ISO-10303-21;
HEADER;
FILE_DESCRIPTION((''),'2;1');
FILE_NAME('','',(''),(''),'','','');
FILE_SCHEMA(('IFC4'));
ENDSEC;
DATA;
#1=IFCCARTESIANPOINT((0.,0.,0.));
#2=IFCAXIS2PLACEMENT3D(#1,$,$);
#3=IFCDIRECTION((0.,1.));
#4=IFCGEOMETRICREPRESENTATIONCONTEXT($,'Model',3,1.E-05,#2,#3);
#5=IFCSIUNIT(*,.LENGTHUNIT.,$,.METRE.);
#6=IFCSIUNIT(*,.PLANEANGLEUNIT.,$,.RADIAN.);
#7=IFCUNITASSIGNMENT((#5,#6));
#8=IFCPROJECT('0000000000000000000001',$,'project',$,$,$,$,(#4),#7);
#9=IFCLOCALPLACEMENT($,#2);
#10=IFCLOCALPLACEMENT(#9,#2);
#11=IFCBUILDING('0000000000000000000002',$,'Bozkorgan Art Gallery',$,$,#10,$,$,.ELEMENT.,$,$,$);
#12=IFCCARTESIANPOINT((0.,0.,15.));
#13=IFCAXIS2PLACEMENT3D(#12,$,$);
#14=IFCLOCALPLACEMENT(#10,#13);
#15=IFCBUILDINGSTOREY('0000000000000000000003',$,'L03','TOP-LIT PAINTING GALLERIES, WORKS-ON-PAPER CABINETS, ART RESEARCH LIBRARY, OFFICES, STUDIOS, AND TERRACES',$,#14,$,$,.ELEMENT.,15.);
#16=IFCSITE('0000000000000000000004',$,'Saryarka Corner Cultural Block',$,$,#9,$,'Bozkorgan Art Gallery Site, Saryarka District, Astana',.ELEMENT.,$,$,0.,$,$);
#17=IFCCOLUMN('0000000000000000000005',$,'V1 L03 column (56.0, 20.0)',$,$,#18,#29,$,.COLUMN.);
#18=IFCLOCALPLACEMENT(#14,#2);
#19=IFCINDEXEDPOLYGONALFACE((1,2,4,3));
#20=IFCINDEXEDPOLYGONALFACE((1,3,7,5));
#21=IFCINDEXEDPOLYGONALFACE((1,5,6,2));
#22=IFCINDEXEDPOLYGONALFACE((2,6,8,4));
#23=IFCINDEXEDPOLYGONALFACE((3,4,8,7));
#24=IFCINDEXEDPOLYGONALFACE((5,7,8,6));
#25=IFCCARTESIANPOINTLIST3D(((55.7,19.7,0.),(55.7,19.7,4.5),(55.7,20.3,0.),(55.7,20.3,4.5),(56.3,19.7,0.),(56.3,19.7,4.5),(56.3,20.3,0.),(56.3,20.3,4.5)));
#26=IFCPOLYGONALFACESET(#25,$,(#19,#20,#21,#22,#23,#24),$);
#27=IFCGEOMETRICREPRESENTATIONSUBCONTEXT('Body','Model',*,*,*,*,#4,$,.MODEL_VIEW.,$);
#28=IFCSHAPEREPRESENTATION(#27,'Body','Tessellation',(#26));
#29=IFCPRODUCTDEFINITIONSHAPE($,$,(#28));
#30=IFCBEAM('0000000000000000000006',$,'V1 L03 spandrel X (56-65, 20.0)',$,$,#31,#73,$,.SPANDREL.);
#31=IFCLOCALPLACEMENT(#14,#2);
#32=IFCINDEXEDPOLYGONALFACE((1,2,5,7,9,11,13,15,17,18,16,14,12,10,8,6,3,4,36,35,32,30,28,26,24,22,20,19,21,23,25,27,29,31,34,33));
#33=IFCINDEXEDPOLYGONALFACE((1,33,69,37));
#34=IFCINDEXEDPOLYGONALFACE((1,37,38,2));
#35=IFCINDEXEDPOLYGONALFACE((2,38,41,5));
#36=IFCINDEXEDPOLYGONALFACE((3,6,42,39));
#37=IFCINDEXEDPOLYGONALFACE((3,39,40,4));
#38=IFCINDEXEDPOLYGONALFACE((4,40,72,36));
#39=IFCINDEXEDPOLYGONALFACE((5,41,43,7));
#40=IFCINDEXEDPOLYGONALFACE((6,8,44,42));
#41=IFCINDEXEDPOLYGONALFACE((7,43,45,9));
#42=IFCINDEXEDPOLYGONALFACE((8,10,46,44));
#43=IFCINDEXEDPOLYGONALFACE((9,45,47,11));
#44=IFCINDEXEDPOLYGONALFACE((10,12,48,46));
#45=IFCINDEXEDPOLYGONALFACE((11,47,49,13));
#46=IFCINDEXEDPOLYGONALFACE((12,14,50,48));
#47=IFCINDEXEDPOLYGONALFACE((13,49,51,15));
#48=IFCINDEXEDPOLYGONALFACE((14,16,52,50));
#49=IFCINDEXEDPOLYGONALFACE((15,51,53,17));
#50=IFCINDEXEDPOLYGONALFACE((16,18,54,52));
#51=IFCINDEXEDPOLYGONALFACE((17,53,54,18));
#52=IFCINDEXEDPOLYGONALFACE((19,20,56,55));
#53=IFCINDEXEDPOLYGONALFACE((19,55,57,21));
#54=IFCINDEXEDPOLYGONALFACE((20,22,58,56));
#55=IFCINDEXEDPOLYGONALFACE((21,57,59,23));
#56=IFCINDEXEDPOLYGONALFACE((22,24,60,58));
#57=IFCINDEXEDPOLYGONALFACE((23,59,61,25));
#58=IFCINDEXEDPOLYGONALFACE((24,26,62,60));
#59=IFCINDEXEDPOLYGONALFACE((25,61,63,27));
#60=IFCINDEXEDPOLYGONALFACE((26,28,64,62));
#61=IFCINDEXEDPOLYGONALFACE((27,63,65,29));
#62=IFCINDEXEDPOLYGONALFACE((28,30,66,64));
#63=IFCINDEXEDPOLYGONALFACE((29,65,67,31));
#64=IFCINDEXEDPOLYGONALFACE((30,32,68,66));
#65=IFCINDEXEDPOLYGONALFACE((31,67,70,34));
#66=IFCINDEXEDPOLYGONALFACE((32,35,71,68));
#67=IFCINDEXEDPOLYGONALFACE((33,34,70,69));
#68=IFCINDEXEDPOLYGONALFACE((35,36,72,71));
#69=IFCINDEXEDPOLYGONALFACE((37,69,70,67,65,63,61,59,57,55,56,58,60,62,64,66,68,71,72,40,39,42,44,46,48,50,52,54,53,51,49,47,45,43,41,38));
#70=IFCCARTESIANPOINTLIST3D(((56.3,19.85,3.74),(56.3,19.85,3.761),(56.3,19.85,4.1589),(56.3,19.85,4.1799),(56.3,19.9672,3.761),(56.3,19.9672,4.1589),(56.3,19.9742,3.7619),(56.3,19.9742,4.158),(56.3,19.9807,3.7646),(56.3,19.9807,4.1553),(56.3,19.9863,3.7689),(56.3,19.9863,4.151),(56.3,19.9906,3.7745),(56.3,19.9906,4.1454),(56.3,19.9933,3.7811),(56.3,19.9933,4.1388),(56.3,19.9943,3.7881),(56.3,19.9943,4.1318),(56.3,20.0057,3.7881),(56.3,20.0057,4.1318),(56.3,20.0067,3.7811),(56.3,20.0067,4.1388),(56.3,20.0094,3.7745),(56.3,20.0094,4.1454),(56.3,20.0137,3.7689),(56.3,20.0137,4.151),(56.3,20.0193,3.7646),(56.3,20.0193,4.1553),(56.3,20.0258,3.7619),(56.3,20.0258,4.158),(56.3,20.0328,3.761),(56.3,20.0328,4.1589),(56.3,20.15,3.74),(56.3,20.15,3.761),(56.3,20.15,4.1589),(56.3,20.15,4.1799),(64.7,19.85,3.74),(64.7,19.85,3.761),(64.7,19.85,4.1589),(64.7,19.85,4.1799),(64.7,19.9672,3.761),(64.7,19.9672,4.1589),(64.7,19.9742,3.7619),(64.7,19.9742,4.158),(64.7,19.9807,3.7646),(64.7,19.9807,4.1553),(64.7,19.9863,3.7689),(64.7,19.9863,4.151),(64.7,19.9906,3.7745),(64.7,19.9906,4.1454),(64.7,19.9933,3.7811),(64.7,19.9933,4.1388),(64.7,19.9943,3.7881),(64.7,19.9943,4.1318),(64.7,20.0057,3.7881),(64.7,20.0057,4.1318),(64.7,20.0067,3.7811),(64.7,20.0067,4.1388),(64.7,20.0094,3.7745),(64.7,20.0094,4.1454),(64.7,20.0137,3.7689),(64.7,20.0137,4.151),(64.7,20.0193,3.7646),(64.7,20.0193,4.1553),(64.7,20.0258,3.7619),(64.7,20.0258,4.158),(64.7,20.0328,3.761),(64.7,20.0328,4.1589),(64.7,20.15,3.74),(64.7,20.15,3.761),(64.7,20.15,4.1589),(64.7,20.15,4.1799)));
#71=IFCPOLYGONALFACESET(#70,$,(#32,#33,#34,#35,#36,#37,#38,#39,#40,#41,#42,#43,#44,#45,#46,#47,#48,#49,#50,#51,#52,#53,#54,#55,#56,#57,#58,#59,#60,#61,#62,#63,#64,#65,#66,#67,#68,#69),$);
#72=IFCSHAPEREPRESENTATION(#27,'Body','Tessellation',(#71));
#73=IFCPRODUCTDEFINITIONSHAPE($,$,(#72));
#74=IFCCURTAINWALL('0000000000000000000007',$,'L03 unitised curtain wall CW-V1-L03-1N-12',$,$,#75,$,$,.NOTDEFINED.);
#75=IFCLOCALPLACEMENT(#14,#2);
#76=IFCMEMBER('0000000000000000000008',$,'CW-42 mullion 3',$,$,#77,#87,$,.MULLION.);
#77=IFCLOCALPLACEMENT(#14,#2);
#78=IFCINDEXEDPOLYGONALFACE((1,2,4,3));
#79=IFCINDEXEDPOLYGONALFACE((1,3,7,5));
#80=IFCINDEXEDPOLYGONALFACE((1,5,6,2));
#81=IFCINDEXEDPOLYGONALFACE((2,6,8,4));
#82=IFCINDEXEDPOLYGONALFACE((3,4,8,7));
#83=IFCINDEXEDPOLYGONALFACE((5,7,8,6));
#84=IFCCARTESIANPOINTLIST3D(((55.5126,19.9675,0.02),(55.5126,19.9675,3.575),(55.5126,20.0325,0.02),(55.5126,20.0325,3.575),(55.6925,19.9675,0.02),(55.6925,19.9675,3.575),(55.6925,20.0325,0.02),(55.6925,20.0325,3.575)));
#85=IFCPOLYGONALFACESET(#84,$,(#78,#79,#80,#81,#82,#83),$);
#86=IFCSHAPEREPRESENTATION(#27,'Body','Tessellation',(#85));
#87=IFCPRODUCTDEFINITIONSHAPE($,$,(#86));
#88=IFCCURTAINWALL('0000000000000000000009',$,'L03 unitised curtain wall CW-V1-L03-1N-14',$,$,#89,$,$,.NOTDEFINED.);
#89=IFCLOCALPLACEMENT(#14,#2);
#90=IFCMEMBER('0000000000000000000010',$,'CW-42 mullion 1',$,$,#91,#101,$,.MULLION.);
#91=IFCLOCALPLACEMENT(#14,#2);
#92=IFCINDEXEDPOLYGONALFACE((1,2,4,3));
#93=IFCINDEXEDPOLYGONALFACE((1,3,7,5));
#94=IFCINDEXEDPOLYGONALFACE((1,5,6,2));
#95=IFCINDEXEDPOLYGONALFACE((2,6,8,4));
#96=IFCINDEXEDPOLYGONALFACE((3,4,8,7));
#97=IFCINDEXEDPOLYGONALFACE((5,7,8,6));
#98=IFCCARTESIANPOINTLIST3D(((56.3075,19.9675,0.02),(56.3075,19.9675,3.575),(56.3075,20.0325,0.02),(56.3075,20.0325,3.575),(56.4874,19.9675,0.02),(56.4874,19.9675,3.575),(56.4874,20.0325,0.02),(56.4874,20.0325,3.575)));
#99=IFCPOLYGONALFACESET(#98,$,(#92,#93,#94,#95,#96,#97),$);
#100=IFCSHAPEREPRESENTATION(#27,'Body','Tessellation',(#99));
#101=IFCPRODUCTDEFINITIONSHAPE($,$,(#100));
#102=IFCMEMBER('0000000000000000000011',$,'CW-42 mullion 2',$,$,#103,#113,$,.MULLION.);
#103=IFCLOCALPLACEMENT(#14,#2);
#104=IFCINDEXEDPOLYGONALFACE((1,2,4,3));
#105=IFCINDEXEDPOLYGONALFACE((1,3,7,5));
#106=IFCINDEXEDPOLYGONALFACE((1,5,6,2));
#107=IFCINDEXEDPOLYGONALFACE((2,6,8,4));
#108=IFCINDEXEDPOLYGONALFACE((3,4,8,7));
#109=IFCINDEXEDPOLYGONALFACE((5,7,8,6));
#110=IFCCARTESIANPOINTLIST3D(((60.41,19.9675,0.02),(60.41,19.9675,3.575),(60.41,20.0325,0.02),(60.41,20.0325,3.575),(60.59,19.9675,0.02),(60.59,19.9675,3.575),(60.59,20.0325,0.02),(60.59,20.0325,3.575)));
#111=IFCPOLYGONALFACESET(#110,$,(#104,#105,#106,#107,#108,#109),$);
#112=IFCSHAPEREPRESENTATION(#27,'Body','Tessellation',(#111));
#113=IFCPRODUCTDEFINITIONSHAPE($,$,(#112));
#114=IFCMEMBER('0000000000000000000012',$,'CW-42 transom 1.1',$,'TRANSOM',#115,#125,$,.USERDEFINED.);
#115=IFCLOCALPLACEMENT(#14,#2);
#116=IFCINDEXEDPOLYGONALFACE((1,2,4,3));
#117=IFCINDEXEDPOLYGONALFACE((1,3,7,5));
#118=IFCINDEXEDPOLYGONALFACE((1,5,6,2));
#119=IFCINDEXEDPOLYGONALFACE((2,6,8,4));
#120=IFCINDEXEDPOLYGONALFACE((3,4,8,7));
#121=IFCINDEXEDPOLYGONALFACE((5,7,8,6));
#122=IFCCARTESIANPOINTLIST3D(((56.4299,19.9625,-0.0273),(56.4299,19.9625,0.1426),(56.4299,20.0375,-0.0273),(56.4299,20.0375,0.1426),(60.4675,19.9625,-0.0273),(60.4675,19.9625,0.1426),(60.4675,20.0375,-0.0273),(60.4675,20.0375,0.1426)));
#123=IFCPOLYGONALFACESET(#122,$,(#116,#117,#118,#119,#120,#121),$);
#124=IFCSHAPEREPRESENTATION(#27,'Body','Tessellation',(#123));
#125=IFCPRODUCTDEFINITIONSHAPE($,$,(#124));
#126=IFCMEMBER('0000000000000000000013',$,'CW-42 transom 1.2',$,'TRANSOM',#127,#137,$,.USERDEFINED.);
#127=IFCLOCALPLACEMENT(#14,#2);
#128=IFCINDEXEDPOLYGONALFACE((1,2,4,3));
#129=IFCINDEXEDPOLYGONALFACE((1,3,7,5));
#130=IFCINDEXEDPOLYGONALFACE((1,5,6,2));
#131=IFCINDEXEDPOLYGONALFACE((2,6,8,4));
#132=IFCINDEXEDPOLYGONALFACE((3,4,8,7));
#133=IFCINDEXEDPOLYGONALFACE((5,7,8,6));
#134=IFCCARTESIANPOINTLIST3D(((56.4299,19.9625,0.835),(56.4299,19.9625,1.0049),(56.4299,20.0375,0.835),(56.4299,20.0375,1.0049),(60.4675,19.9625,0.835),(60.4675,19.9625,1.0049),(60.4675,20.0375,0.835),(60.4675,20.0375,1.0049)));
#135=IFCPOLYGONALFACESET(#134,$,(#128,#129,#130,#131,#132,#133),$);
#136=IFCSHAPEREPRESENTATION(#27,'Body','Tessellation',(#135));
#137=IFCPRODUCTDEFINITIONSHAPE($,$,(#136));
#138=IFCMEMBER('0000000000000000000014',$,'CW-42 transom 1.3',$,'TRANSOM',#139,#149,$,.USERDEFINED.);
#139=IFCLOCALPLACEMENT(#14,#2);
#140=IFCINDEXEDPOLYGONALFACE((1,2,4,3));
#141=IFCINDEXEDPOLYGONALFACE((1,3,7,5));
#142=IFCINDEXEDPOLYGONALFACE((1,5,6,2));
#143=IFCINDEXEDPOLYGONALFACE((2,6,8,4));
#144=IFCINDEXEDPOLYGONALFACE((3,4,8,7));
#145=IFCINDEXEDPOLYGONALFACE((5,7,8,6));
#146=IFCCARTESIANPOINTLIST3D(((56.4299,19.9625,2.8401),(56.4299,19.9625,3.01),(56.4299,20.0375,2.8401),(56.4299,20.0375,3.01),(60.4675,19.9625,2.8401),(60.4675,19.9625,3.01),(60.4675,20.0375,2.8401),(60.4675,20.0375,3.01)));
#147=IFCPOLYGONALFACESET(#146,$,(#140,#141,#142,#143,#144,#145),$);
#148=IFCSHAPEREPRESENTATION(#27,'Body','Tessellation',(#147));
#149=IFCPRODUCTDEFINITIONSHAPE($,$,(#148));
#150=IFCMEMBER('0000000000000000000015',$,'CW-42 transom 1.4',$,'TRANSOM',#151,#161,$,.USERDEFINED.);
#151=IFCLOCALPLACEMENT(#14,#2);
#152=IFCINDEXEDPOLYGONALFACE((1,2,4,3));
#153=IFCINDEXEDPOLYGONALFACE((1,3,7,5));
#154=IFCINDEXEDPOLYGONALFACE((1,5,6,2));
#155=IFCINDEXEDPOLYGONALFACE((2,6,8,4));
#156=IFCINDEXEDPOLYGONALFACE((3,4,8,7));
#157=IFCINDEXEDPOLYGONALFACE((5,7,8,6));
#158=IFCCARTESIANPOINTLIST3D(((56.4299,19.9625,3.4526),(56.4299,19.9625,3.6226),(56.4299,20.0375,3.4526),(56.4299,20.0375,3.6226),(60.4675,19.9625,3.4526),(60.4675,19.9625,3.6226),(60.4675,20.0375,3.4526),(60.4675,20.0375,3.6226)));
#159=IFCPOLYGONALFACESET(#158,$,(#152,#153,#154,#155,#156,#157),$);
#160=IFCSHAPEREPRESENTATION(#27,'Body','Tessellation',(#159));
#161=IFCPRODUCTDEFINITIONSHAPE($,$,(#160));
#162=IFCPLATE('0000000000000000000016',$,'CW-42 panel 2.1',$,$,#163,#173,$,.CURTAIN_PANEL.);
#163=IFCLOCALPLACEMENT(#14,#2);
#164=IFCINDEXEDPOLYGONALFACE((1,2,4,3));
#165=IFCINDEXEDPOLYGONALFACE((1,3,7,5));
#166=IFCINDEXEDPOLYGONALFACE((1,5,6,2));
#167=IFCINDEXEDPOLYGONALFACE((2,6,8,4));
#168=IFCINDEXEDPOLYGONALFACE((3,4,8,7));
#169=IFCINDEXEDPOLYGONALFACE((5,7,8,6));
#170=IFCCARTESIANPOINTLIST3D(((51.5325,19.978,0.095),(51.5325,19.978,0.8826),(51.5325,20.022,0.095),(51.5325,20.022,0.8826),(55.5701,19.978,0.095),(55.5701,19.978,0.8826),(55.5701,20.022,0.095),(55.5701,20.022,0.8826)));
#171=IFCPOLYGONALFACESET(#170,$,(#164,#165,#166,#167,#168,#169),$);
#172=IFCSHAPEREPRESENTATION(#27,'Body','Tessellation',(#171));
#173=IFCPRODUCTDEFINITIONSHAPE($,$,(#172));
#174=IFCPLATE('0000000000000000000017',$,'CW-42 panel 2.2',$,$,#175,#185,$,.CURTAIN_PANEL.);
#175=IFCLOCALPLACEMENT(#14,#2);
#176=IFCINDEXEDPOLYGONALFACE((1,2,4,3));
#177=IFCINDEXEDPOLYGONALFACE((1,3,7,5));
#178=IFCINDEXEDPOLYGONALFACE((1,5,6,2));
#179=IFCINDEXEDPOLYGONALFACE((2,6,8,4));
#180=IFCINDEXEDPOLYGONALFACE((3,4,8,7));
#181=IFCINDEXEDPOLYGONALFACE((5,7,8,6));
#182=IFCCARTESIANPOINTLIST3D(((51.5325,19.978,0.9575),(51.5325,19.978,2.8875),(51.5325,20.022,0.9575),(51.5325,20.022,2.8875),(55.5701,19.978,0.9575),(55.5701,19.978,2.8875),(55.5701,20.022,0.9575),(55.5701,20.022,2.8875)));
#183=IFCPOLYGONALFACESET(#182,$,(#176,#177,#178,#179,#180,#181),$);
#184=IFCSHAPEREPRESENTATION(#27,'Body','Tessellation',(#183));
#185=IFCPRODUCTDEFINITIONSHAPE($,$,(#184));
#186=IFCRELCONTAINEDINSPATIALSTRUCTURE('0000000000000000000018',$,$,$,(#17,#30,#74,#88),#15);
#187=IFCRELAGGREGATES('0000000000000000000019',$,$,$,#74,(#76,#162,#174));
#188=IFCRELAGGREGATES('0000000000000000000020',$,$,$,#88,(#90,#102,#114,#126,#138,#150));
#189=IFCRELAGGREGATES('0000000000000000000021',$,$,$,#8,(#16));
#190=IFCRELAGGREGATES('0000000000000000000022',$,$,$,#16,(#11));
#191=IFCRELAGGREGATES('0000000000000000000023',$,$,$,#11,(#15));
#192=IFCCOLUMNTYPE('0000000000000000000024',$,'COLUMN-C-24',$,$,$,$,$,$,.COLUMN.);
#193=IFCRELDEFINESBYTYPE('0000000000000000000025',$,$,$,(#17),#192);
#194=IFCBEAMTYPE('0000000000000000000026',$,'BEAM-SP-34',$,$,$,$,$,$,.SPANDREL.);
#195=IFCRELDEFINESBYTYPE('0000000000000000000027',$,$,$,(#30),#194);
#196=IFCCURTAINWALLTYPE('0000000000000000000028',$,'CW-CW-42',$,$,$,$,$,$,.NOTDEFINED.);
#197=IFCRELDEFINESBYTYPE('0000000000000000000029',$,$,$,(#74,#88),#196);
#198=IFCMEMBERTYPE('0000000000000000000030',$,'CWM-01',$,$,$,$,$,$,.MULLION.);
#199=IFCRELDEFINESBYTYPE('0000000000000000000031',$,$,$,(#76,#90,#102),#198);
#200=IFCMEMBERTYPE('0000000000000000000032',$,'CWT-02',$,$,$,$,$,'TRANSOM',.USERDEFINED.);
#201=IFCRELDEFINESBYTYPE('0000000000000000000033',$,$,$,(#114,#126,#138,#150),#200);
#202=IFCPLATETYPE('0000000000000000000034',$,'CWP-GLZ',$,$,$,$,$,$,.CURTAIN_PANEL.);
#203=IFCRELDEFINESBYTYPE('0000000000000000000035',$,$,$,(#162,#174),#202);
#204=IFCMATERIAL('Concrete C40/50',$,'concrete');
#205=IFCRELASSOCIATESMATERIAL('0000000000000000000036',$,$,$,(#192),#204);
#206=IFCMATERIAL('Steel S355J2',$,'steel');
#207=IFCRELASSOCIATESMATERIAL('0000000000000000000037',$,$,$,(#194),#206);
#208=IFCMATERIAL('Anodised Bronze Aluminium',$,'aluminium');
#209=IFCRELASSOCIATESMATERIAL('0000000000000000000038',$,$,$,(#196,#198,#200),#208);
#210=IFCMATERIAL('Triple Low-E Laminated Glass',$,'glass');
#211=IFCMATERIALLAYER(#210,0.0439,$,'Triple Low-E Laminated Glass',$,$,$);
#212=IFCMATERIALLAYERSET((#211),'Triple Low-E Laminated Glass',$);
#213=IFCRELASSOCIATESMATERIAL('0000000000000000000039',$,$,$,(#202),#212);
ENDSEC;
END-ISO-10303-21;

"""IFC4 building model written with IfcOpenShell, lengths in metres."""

from ifc_helpers import new_model, si_unit, direction, frame, origin, origin_2d, place, context, subcontext, project, spatial, rectangle, i_section, extrude, material, layer, layer_set, material_profile, profile_set, type_object, element, aggregate, save


model = new_model("IFC4")

# Units and contexts
model_context = context("Model", 3, precision=1e-05, world=origin(), true_north=direction((0.0, 1.0)))
body_context = subcontext(model_context, "Body", "Model", "MODEL_VIEW")
ifc_project = project(units=[si_unit("LENGTHUNIT", "METRE"), si_unit("PLANEANGLEUNIT", "RADIAN")], contexts=[model_context])

# Site, building, storey
site_placement = place(None, origin())
site = spatial("IfcSite", under=ifc_project, at=site_placement, Name="Saryarka Corner Cultural Block", LongName="Bozkorgan Art Gallery Site, Saryarka District, Astana", CompositionType="ELEMENT", RefElevation=0.0)
building_placement = place(site_placement, origin())
building = spatial("IfcBuilding", under=site, at=building_placement, Name="Bozkorgan Art Gallery", CompositionType="ELEMENT")
storey_placement = place(building_placement, frame((0.0, 0.0, 15.0)))
storey = spatial("IfcBuildingStorey", under=building, at=storey_placement, Name="L03", Description="TOP-LIT PAINTING GALLERIES, WORKS-ON-PAPER CABINETS, ART RESEARCH LIBRARY, OFFICES, STUDIOS, AND TERRACES", CompositionType="ELEMENT", Elevation=15.0)

# Column
ifc_material_1 = material(Name="Concrete C40/50", Category="concrete")
ifc_material_profile_1 = material_profile(ifc_material_1, rectangle(XDim=0.6001, YDim=0.6001, at=origin_2d()), Name="RC 600x600")
ifc_profile_set_1 = profile_set([ifc_material_profile_1], Name="Concrete C40/50")
column_type = type_object("IfcColumnType", Name="COLUMN-C-24", PredefinedType="COLUMN", material=ifc_profile_set_1)
column_placement = place(storey_placement, frame((56.0, 20.0, 0.0), z_axis=(0.0, 0.0, 1.0), x_axis=(1.0, 0.0, 0.0)))
element("IfcColumn", 1, at=column_placement, inside=storey, type_object=column_type, Name="V1 L03 column (56.0, 20.0)", PredefinedType="COLUMN", context=body_context, shape_type="SweptSolid", body=[
    extrude(rectangle(XDim=0.6001, YDim=0.6001, at=origin_2d()), origin(), (0.0, 0.0, 1.0), 4.5),
])

# Beam
ifc_material_2 = material(Name="Steel S355J2", Category="steel")
ifc_material_profile_2 = material_profile(ifc_material_2, i_section(OverallWidth=0.3, OverallDepth=0.4399, WebThickness=0.0115, FlangeThickness=0.021, FilletRadius=0.0271, at=origin_2d()), Name="HEA 450")
ifc_profile_set_2 = profile_set([ifc_material_profile_2], Name="Steel S355J2")
beam_type = type_object("IfcBeamType", Name="BEAM-SP-34", PredefinedType="SPANDREL", material=ifc_profile_set_2)
beam_placement = place(storey_placement, frame((56.3, 20.0, 3.96), z_axis=(1.0, 0.0, 0.0), x_axis=(0.0, 1.0, 0.0)))
element("IfcBeam", 2, at=beam_placement, inside=storey, type_object=beam_type, Name="V1 L03 spandrel X (56-65, 20.0)", PredefinedType="SPANDREL", context=body_context, shape_type="SweptSolid", body=[
    extrude(i_section(OverallWidth=0.3, OverallDepth=0.4399, WebThickness=0.0115, FlangeThickness=0.021, FilletRadius=0.0271, at=origin_2d()), origin(), (0.0, 0.0, 1.0), 8.3999),
])

# Curtain wall, member
ifc_material_3 = material(Name="Anodised Bronze Aluminium", Category="aluminium")
curtain_wall_type = type_object("IfcCurtainWallType", Name="CW-CW-42", PredefinedType="NOTDEFINED", material=ifc_material_3)
curtain_wall_1_placement = place(storey_placement, origin())
curtain_wall_1 = element("IfcCurtainWall", 3, at=curtain_wall_1_placement, inside=storey, type_object=curtain_wall_type, Name="L03 unitised curtain wall CW-V1-L03-1N-12", PredefinedType="NOTDEFINED")
ifc_material_profile_3 = material_profile(ifc_material_3, rectangle(XDim=0.0649, YDim=0.1799, at=origin_2d()), Name="ALU MULLION 65x180")
ifc_profile_set_3 = profile_set([ifc_material_profile_3], Name="Anodised Bronze Aluminium")
member_type_1 = type_object("IfcMemberType", Name="CWM-01", PredefinedType="MULLION", material=ifc_profile_set_3)
member_1_placement = place(storey_placement, frame((55.6025, 20.0, 0.02), z_axis=(0.0, 0.0, 1.0), x_axis=(0.0, 1.0, 0.0)))
member_1 = element("IfcMember", 4, at=member_1_placement, type_object=member_type_1, Name="CW-42 mullion 3", PredefinedType="MULLION", context=body_context, shape_type="SweptSolid", body=[
    extrude(rectangle(XDim=0.0649, YDim=0.1799, at=origin_2d()), origin(), (0.0, 0.0, 1.0), 3.5549),
])

# Curtain wall, members
curtain_wall_2_placement = place(storey_placement, origin())
curtain_wall_2 = element("IfcCurtainWall", 5, at=curtain_wall_2_placement, inside=storey, type_object=curtain_wall_type, Name="L03 unitised curtain wall CW-V1-L03-1N-14", PredefinedType="NOTDEFINED")
member_2_placement = place(storey_placement, frame((56.3975, 20.0, 0.02), z_axis=(0.0, 0.0, 1.0), x_axis=(0.0, 1.0, 0.0)))
member_2 = element("IfcMember", 6, at=member_2_placement, type_object=member_type_1, Name="CW-42 mullion 1", PredefinedType="MULLION", context=body_context, shape_type="SweptSolid", body=[
    extrude(rectangle(XDim=0.0649, YDim=0.1799, at=origin_2d()), origin(), (0.0, 0.0, 1.0), 3.5549),
])
member_3_placement = place(storey_placement, frame((60.5, 20.0, 0.02), z_axis=(0.0, 0.0, 1.0), x_axis=(0.0, 1.0, 0.0)))
member_3 = element("IfcMember", 7, at=member_3_placement, type_object=member_type_1, Name="CW-42 mullion 2", PredefinedType="MULLION", context=body_context, shape_type="SweptSolid", body=[
    extrude(rectangle(XDim=0.0649, YDim=0.1799, at=origin_2d()), origin(), (0.0, 0.0, 1.0), 3.5549),
])
ifc_material_profile_4 = material_profile(ifc_material_3, rectangle(XDim=0.075, YDim=0.1699, at=origin_2d()), Name="ALU TRANSOM 75x170")
ifc_profile_set_4 = profile_set([ifc_material_profile_4], Name="Anodised Bronze Aluminium")
member_type_2 = type_object("IfcMemberType", Name="CWT-02", ElementType="TRANSOM", PredefinedType="USERDEFINED", material=ifc_profile_set_4)
member_4_placement = place(storey_placement, frame((56.4299, 20.0, 0.0576), z_axis=(1.0, 0.0, 0.0), x_axis=(0.0, 1.0, 0.0)))
member_4 = element("IfcMember", 8, at=member_4_placement, type_object=member_type_2, Name="CW-42 transom 1.1", ObjectType="TRANSOM", PredefinedType="USERDEFINED", context=body_context, shape_type="SweptSolid", body=[
    extrude(rectangle(XDim=0.075, YDim=0.1699, at=origin_2d()), origin(), (0.0, 0.0, 1.0), 4.0376),
])
member_5_placement = place(storey_placement, frame((56.4299, 20.0, 0.9199), z_axis=(1.0, 0.0, 0.0), x_axis=(0.0, 1.0, 0.0)))
member_5 = element("IfcMember", 9, at=member_5_placement, type_object=member_type_2, Name="CW-42 transom 1.2", ObjectType="TRANSOM", PredefinedType="USERDEFINED", context=body_context, shape_type="SweptSolid", body=[
    extrude(rectangle(XDim=0.075, YDim=0.1699, at=origin_2d()), origin(), (0.0, 0.0, 1.0), 4.0376),
])
member_6_placement = place(storey_placement, frame((56.4299, 20.0, 2.925), z_axis=(1.0, 0.0, 0.0), x_axis=(0.0, 1.0, 0.0)))
member_6 = element("IfcMember", 10, at=member_6_placement, type_object=member_type_2, Name="CW-42 transom 1.3", ObjectType="TRANSOM", PredefinedType="USERDEFINED", context=body_context, shape_type="SweptSolid", body=[
    extrude(rectangle(XDim=0.075, YDim=0.1699, at=origin_2d()), origin(), (0.0, 0.0, 1.0), 4.0376),
])
member_7_placement = place(storey_placement, frame((56.4299, 20.0, 3.5376), z_axis=(1.0, 0.0, 0.0), x_axis=(0.0, 1.0, 0.0)))
member_7 = element("IfcMember", 11, at=member_7_placement, type_object=member_type_2, Name="CW-42 transom 1.4", ObjectType="TRANSOM", PredefinedType="USERDEFINED", context=body_context, shape_type="SweptSolid", body=[
    extrude(rectangle(XDim=0.075, YDim=0.1699, at=origin_2d()), origin(), (0.0, 0.0, 1.0), 4.0376),
])

# Plates
ifc_material_4 = material(Name="Triple Low-E Laminated Glass", Category="glass")
ifc_layer = layer(ifc_material_4, 0.0439, Name="Triple Low-E Laminated Glass")
ifc_layer_set = layer_set([ifc_layer], Name="Triple Low-E Laminated Glass")
plate_type = type_object("IfcPlateType", Name="CWP-GLZ", PredefinedType="CURTAIN_PANEL", material=ifc_layer_set)
plate_1_placement = place(storey_placement, frame((53.5513, 20.0, 0.095), z_axis=(0.0, 0.0, 1.0), x_axis=(1.0, 0.0, 0.0)))
plate_1 = element("IfcPlate", 12, at=plate_1_placement, type_object=plate_type, Name="CW-42 panel 2.1", PredefinedType="CURTAIN_PANEL", context=body_context, shape_type="SweptSolid", body=[
    extrude(rectangle(XDim=4.0376, YDim=0.0439, at=origin_2d()), origin(), (0.0, 0.0, 1.0), 0.7876),
])
plate_2_placement = place(storey_placement, frame((53.5513, 20.0, 0.9575), z_axis=(0.0, 0.0, 1.0), x_axis=(1.0, 0.0, 0.0)))
plate_2 = element("IfcPlate", 13, at=plate_2_placement, type_object=plate_type, Name="CW-42 panel 2.2", PredefinedType="CURTAIN_PANEL", context=body_context, shape_type="SweptSolid", body=[
    extrude(rectangle(XDim=4.0376, YDim=0.0439, at=origin_2d()), origin(), (0.0, 0.0, 1.0), 1.9299),
])
aggregate(curtain_wall_1, [member_1, plate_1, plate_2])
aggregate(curtain_wall_2, [member_2, member_3, member_4, member_5, member_6, member_7])

save(model, "model.ifc")
